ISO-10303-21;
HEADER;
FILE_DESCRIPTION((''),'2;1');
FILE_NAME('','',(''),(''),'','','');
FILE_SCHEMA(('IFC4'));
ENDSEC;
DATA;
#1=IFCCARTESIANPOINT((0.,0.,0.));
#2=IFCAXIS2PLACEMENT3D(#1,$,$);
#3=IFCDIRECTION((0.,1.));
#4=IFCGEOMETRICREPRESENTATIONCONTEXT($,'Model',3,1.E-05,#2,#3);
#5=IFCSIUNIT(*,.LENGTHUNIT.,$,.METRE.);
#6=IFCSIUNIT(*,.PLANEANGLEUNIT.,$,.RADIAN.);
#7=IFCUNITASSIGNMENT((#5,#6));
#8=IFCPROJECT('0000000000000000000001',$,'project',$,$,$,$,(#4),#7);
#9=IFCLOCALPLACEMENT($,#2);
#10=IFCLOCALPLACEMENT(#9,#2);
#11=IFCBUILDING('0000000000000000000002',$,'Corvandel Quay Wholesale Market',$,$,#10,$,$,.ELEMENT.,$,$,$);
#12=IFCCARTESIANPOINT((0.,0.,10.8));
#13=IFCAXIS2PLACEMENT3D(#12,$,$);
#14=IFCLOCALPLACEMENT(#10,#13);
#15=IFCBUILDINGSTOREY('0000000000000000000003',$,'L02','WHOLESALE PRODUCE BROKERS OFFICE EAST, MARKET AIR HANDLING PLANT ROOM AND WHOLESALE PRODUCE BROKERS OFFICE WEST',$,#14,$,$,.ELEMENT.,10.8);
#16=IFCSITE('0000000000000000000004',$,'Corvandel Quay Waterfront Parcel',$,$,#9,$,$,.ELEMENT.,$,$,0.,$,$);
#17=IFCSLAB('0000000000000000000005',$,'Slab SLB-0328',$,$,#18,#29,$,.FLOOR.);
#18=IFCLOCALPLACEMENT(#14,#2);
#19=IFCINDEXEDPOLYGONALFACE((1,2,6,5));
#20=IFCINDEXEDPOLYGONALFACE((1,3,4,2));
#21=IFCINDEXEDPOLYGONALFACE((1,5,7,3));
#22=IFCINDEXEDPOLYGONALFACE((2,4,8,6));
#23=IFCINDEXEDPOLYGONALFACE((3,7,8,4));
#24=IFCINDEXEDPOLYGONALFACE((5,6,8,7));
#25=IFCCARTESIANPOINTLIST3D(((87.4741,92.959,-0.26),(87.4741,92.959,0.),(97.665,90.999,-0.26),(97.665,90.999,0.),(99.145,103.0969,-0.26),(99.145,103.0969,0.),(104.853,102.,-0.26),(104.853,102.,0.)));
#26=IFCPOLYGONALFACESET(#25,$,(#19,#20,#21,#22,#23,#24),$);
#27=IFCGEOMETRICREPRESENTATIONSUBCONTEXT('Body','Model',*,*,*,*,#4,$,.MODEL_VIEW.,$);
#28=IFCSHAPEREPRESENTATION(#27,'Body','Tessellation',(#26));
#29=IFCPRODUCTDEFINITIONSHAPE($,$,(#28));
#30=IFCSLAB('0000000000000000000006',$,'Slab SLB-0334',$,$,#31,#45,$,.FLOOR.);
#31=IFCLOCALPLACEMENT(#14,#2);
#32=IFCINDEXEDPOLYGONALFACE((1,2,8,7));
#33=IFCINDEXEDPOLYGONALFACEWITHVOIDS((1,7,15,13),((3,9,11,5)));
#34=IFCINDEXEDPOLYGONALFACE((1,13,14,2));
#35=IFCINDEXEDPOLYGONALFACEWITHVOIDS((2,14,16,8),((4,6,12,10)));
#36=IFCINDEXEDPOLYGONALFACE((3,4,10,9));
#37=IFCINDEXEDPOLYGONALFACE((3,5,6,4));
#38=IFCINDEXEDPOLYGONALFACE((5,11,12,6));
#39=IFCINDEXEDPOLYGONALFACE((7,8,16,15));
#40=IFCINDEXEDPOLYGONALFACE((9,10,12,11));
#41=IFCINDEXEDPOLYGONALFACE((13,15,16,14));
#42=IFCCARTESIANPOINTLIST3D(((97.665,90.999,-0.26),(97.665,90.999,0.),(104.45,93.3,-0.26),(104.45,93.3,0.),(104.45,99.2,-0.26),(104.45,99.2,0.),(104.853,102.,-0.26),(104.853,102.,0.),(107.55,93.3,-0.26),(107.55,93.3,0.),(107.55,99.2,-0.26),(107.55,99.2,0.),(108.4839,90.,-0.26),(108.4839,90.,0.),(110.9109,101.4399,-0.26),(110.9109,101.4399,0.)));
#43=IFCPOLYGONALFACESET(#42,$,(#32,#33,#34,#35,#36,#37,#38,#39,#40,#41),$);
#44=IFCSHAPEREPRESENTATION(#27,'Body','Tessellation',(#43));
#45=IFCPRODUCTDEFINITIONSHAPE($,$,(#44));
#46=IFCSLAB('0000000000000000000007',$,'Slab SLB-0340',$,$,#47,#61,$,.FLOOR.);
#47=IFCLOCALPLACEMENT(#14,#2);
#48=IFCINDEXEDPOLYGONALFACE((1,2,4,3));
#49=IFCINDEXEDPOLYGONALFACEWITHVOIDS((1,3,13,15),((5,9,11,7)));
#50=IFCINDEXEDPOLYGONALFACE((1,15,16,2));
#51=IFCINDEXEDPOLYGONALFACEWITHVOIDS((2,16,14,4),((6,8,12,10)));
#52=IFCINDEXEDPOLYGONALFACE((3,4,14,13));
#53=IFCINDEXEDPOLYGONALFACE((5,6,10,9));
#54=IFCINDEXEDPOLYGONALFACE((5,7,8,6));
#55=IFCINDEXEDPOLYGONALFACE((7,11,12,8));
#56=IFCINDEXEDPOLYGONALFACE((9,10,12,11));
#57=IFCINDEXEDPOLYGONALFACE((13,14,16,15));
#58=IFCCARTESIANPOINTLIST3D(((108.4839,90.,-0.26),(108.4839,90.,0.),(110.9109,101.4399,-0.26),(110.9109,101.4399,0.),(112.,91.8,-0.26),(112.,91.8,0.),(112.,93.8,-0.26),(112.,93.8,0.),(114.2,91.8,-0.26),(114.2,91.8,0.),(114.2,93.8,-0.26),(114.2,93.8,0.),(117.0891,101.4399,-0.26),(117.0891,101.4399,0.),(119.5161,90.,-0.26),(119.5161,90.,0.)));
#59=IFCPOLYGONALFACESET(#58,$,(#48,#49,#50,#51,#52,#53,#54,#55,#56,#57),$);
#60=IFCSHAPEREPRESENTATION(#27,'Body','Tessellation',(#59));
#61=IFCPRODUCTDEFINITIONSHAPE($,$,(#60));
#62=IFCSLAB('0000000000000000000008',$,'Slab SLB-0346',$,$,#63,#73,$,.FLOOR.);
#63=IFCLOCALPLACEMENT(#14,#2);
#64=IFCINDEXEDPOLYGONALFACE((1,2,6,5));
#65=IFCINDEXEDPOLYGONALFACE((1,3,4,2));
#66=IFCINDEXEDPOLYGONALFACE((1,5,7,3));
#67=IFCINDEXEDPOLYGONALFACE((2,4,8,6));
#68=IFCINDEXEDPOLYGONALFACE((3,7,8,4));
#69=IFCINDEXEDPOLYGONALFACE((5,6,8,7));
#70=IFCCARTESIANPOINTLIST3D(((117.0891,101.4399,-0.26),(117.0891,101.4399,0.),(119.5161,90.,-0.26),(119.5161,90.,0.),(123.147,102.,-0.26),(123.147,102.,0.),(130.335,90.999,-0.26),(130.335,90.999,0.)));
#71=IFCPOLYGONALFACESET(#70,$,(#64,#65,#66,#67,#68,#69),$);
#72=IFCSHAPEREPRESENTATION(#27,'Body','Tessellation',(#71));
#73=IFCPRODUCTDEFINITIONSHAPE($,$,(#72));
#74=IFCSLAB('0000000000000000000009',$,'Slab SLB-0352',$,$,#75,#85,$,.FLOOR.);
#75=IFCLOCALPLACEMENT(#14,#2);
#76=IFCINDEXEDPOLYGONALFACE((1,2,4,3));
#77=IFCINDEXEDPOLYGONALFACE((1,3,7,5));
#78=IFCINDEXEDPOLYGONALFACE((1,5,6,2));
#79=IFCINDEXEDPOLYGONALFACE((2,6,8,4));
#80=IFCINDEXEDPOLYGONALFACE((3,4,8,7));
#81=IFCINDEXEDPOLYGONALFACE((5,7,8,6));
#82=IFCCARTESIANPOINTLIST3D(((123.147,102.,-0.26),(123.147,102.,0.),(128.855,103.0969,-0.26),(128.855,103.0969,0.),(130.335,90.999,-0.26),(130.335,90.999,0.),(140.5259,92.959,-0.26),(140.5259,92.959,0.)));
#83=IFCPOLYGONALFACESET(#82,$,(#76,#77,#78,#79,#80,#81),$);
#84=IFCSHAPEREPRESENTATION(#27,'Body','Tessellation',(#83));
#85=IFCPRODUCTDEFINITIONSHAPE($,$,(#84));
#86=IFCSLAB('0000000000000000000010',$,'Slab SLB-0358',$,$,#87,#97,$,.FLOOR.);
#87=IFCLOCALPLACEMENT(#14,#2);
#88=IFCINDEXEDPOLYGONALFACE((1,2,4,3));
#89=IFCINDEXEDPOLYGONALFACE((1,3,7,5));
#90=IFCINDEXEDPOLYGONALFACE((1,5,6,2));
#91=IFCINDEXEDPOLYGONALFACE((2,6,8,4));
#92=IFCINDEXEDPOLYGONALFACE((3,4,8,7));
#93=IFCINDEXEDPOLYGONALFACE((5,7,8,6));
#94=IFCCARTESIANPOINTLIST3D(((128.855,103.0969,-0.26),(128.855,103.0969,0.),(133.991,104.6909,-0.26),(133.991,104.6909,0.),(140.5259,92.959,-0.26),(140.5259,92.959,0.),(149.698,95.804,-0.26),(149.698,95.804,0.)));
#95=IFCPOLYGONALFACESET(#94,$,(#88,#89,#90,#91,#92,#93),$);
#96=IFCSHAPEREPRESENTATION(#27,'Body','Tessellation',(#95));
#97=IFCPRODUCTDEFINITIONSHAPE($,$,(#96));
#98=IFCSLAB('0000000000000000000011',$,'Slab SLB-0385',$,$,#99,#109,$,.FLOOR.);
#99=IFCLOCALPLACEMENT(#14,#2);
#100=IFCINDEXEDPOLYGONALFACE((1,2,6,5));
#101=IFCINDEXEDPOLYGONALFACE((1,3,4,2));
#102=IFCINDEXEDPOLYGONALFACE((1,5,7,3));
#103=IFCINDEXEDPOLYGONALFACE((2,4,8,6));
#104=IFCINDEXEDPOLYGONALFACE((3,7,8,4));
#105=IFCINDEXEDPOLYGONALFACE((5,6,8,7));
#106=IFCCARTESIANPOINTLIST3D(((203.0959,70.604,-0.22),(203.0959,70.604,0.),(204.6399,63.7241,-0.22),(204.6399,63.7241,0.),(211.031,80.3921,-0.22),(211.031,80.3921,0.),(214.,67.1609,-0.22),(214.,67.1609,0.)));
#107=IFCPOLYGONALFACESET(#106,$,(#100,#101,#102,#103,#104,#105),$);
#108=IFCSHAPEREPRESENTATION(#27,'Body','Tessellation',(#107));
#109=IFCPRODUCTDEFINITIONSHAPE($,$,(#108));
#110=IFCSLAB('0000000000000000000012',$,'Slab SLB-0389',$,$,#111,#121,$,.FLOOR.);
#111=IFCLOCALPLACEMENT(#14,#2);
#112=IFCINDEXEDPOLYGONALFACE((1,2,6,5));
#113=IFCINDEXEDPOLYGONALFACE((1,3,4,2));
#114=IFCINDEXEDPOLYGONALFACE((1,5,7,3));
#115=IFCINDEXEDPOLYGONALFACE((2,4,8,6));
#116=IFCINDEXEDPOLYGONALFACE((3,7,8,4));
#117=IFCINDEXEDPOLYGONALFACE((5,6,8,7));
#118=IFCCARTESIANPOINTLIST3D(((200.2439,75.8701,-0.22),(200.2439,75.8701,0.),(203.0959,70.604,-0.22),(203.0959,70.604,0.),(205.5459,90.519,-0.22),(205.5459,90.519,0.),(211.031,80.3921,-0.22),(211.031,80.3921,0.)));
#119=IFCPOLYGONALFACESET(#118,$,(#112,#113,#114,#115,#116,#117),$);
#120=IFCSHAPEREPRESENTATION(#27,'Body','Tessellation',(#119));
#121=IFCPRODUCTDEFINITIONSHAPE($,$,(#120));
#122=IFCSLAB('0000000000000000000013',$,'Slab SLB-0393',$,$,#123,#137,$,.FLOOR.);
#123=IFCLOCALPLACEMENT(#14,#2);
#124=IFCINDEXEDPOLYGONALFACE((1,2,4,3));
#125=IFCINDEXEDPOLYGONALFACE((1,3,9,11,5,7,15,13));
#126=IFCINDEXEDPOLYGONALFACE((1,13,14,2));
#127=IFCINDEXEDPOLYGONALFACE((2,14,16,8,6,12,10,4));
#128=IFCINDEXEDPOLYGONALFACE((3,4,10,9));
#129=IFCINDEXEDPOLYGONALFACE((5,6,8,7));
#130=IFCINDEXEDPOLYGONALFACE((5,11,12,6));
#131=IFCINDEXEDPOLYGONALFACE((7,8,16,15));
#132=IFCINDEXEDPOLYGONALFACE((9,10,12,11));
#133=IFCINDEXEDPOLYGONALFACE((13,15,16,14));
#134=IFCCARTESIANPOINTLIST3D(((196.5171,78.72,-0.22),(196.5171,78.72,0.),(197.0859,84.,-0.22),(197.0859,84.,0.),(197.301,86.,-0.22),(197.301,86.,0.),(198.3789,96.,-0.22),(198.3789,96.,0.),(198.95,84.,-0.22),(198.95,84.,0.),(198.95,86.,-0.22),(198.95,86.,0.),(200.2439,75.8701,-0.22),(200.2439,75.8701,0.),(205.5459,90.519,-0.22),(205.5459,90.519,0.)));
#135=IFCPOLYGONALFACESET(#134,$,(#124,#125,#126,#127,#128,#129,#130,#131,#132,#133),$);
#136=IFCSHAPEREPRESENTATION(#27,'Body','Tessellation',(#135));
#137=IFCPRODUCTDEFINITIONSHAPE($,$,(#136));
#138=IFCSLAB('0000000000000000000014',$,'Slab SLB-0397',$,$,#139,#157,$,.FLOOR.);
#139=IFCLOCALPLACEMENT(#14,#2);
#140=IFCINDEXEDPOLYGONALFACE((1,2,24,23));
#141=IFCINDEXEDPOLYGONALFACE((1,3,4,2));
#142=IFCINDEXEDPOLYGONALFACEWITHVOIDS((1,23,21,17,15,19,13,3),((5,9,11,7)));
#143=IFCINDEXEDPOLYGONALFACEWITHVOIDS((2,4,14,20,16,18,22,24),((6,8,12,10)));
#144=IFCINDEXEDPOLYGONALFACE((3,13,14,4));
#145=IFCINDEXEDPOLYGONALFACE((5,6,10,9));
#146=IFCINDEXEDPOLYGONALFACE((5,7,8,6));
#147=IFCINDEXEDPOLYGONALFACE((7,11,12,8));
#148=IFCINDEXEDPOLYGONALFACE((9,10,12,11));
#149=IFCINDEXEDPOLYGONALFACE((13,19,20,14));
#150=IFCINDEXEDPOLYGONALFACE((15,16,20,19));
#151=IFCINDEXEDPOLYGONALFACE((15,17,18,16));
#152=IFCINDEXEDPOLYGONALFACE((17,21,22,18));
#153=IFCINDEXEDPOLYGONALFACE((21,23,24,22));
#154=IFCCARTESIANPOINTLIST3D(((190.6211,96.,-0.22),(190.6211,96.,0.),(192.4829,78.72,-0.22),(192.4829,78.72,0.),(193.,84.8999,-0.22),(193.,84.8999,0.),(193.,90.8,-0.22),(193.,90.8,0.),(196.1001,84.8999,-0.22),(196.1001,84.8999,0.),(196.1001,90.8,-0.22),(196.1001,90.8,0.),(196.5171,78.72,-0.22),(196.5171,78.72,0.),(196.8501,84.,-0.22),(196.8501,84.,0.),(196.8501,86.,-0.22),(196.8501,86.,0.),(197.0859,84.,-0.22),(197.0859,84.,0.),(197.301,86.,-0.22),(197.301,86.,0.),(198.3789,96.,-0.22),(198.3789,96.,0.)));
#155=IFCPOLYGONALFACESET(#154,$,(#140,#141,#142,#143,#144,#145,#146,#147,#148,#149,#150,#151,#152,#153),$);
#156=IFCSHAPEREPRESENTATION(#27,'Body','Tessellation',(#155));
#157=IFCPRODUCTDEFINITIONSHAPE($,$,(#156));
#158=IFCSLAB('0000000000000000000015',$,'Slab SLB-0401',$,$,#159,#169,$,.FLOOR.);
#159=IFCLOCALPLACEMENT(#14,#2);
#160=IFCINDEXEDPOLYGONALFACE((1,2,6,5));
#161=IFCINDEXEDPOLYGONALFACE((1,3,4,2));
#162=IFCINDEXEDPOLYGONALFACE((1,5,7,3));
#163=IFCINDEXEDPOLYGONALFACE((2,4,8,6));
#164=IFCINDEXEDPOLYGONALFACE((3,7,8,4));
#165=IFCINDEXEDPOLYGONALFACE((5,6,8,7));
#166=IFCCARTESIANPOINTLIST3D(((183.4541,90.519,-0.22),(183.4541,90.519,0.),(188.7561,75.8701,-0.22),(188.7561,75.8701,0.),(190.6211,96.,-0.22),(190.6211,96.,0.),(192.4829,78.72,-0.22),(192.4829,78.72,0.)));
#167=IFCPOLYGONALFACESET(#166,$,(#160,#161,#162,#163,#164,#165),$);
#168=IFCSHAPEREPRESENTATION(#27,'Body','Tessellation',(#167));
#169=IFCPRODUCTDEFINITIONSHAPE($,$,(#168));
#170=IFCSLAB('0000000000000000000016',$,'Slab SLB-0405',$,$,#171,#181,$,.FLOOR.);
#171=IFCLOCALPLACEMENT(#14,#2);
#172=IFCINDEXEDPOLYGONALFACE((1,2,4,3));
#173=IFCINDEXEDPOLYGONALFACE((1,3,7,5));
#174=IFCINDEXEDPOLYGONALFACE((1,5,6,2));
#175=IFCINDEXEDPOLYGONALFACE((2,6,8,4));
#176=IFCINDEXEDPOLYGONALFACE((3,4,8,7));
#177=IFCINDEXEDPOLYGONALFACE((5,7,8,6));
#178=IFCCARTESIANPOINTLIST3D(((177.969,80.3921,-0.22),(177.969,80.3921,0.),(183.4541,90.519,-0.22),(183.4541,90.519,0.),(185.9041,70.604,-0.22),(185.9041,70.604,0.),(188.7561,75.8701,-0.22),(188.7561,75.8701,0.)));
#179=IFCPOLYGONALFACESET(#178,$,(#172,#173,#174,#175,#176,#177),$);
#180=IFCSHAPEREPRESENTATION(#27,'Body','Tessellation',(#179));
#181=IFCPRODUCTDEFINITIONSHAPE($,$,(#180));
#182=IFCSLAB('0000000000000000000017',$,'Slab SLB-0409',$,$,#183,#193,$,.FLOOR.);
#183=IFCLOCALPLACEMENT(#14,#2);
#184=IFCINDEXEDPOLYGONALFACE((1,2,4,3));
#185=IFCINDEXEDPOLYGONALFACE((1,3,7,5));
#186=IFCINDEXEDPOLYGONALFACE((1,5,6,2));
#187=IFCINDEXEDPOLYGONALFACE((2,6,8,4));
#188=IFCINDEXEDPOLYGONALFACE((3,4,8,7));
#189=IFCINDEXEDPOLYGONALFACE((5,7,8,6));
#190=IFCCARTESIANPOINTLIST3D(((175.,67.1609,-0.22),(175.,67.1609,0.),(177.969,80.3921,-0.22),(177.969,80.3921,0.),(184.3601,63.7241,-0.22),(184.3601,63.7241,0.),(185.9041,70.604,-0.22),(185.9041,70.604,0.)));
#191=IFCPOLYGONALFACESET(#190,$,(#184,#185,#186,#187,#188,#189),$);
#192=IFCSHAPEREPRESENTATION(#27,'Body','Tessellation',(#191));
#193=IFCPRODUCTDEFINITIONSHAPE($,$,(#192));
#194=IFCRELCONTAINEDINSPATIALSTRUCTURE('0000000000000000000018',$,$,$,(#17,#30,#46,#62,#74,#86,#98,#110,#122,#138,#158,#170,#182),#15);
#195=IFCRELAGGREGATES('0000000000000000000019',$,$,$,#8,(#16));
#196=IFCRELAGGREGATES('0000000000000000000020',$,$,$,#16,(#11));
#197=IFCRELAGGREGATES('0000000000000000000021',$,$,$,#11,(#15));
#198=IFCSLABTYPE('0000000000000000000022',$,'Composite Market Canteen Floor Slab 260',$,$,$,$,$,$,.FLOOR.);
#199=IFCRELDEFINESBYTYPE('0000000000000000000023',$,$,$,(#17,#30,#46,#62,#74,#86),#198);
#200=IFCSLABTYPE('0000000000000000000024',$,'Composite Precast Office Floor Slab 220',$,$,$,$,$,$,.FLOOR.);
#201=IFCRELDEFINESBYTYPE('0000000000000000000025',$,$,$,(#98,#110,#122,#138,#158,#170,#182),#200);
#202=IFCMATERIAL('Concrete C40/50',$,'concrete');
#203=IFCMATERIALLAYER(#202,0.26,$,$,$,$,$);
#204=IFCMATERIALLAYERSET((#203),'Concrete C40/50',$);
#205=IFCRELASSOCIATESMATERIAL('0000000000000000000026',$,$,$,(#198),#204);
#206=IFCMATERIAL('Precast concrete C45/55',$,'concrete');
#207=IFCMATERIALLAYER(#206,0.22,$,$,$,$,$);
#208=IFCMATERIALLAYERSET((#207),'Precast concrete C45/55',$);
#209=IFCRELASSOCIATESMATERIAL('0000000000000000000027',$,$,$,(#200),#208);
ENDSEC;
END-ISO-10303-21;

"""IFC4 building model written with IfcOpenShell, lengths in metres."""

from ifc_helpers import new_model, si_unit, direction, frame, origin, place, context, subcontext, project, spatial, polyline, outline, extrude, material, layer, layer_set, type_object, element, save


model = new_model("IFC4")

# Units and contexts
model_context = context("Model", 3, precision=1e-05, world=origin(), true_north=direction((0.0, 1.0)))
body_context = subcontext(model_context, "Body", "Model", "MODEL_VIEW")
ifc_project = project(units=[si_unit("LENGTHUNIT", "METRE"), si_unit("PLANEANGLEUNIT", "RADIAN")], contexts=[model_context])

# Site, building, storey
site_placement = place(None, origin())
site = spatial("IfcSite", under=ifc_project, at=site_placement, Name="Corvandel Quay Waterfront Parcel", CompositionType="ELEMENT", RefElevation=0.0)
building_placement = place(site_placement, origin())
building = spatial("IfcBuilding", under=site, at=building_placement, Name="Corvandel Quay Wholesale Market", CompositionType="ELEMENT")
storey_placement = place(building_placement, frame((0.0, 0.0, 10.8)))
storey = spatial("IfcBuildingStorey", under=building, at=storey_placement, Name="L02", Description="WHOLESALE PRODUCE BROKERS OFFICE EAST, MARKET AIR HANDLING PLANT ROOM AND WHOLESALE PRODUCE BROKERS OFFICE WEST", CompositionType="ELEMENT", Elevation=10.8)

# Slabs
ifc_material_1 = material(Name="Concrete C40/50", Category="concrete")
ifc_layer_1 = layer(ifc_material_1, 0.26)
ifc_layer_set_1 = layer_set([ifc_layer_1], Name="Concrete C40/50")
slab_type_1 = type_object("IfcSlabType", Name="Composite Market Canteen Floor Slab 260", PredefinedType="FLOOR", material=ifc_layer_set_1)
slab_1_placement = place(storey_placement, frame((0.0, 0.0, -0.26)))
element("IfcSlab", 1, at=slab_1_placement, inside=storey, type_object=slab_type_1, Name="Slab SLB-0328", PredefinedType="FLOOR", context=body_context, shape_type="SweptSolid", body=[
    extrude(outline(polyline([(99.145, 103.0969), (104.853, 102.0), (97.665, 90.999), (87.4741, 92.959), (99.145, 103.0969)])), origin(), (0.0, 0.0, 1.0), 0.26),
])
slab_2_placement = place(storey_placement, frame((0.0, 0.0, -0.26)))
element("IfcSlab", 2, at=slab_2_placement, inside=storey, type_object=slab_type_1, Name="Slab SLB-0334", PredefinedType="FLOOR", context=body_context, shape_type="SweptSolid", body=[
    extrude(outline(polyline([(104.853, 102.0), (110.9109, 101.4399), (108.4839, 90.0), (97.665, 90.999), (104.853, 102.0)]), holes=[polyline([(107.55, 99.2), (104.45, 99.2), (104.45, 93.3), (107.55, 93.3), (107.55, 99.2)])]), origin(), (0.0, 0.0, 1.0), 0.26),
])
slab_3_placement = place(storey_placement, frame((0.0, 0.0, -0.26)))
element("IfcSlab", 3, at=slab_3_placement, inside=storey, type_object=slab_type_1, Name="Slab SLB-0340", PredefinedType="FLOOR", context=body_context, shape_type="SweptSolid", body=[
    extrude(outline(polyline([(110.9109, 101.4399), (117.0891, 101.4399), (119.5161, 90.0), (108.4839, 90.0), (110.9109, 101.4399)]), holes=[polyline([(114.2, 93.8), (112.0, 93.8), (112.0, 91.8), (114.2, 91.8), (114.2, 93.8)])]), origin(), (0.0, 0.0, 1.0), 0.26),
])
slab_4_placement = place(storey_placement, frame((0.0, 0.0, -0.26)))
element("IfcSlab", 4, at=slab_4_placement, inside=storey, type_object=slab_type_1, Name="Slab SLB-0346", PredefinedType="FLOOR", context=body_context, shape_type="SweptSolid", body=[
    extrude(outline(polyline([(117.0891, 101.4399), (123.147, 102.0), (130.335, 90.999), (119.5161, 90.0), (117.0891, 101.4399)])), origin(), (0.0, 0.0, 1.0), 0.26),
])
slab_5_placement = place(storey_placement, frame((0.0, 0.0, -0.26)))
element("IfcSlab", 5, at=slab_5_placement, inside=storey, type_object=slab_type_1, Name="Slab SLB-0352", PredefinedType="FLOOR", context=body_context, shape_type="SweptSolid", body=[
    extrude(outline(polyline([(123.147, 102.0), (128.855, 103.0969), (140.5259, 92.959), (130.335, 90.999), (123.147, 102.0)])), origin(), (0.0, 0.0, 1.0), 0.26),
])
slab_6_placement = place(storey_placement, frame((0.0, 0.0, -0.26)))
element("IfcSlab", 6, at=slab_6_placement, inside=storey, type_object=slab_type_1, Name="Slab SLB-0358", PredefinedType="FLOOR", context=body_context, shape_type="SweptSolid", body=[
    extrude(outline(polyline([(128.855, 103.0969), (133.991, 104.6909), (149.698, 95.804), (140.5259, 92.959), (128.855, 103.0969)])), origin(), (0.0, 0.0, 1.0), 0.26),
])
ifc_material_2 = material(Name="Precast concrete C45/55", Category="concrete")
ifc_layer_2 = layer(ifc_material_2, 0.22)
ifc_layer_set_2 = layer_set([ifc_layer_2], Name="Precast concrete C45/55")
slab_type_2 = type_object("IfcSlabType", Name="Composite Precast Office Floor Slab 220", PredefinedType="FLOOR", material=ifc_layer_set_2)
slab_7_placement = place(storey_placement, frame((0.0, 0.0, -0.22)))
element("IfcSlab", 7, at=slab_7_placement, inside=storey, type_object=slab_type_2, Name="Slab SLB-0385", PredefinedType="FLOOR", context=body_context, shape_type="SweptSolid", body=[
    extrude(outline(polyline([(204.6399, 63.7241), (203.0959, 70.604), (211.031, 80.3921), (214.0, 67.1609), (204.6399, 63.7241)])), origin(), (0.0, 0.0, 1.0), 0.22),
])
slab_8_placement = place(storey_placement, frame((0.0, 0.0, -0.22)))
element("IfcSlab", 8, at=slab_8_placement, inside=storey, type_object=slab_type_2, Name="Slab SLB-0389", PredefinedType="FLOOR", context=body_context, shape_type="SweptSolid", body=[
    extrude(outline(polyline([(203.0959, 70.604), (200.2439, 75.8701), (205.5459, 90.519), (211.031, 80.3921), (203.0959, 70.604)])), origin(), (0.0, 0.0, 1.0), 0.22),
])
slab_9_placement = place(storey_placement, frame((0.0, 0.0, -0.22)))
element("IfcSlab", 9, at=slab_9_placement, inside=storey, type_object=slab_type_2, Name="Slab SLB-0393", PredefinedType="FLOOR", context=body_context, shape_type="SweptSolid", body=[
    extrude(outline(polyline([(198.3789, 96.0), (205.5459, 90.519), (200.2439, 75.8701), (196.5171, 78.72), (197.0859, 84.0), (198.95, 84.0), (198.95, 86.0), (197.301, 86.0), (198.3789, 96.0)])), origin(), (0.0, 0.0, 1.0), 0.22),
])
slab_10_placement = place(storey_placement, frame((0.0, 0.0, -0.22)))
element("IfcSlab", 10, at=slab_10_placement, inside=storey, type_object=slab_type_2, Name="Slab SLB-0397", PredefinedType="FLOOR", context=body_context, shape_type="SweptSolid", body=[
    extrude(outline(polyline([(196.5171, 78.72), (192.4829, 78.72), (190.6211, 96.0), (198.3789, 96.0), (197.301, 86.0), (196.8501, 86.0), (196.8501, 84.0), (197.0859, 84.0), (196.5171, 78.72)]), holes=[polyline([(196.1001, 84.8999), (196.1001, 90.8), (193.0, 90.8), (193.0, 84.8999), (196.1001, 84.8999)])]), origin(), (0.0, 0.0, 1.0), 0.22),
])
slab_11_placement = place(storey_placement, frame((0.0, 0.0, -0.22)))
element("IfcSlab", 11, at=slab_11_placement, inside=storey, type_object=slab_type_2, Name="Slab SLB-0401", PredefinedType="FLOOR", context=body_context, shape_type="SweptSolid", body=[
    extrude(outline(polyline([(192.4829, 78.72), (188.7561, 75.8701), (183.4541, 90.519), (190.6211, 96.0), (192.4829, 78.72)])), origin(), (0.0, 0.0, 1.0), 0.22),
])
slab_12_placement = place(storey_placement, frame((0.0, 0.0, -0.22)))
element("IfcSlab", 12, at=slab_12_placement, inside=storey, type_object=slab_type_2, Name="Slab SLB-0405", PredefinedType="FLOOR", context=body_context, shape_type="SweptSolid", body=[
    extrude(outline(polyline([(188.7561, 75.8701), (185.9041, 70.604), (177.969, 80.3921), (183.4541, 90.519), (188.7561, 75.8701)])), origin(), (0.0, 0.0, 1.0), 0.22),
])
slab_13_placement = place(storey_placement, frame((0.0, 0.0, -0.22)))
element("IfcSlab", 13, at=slab_13_placement, inside=storey, type_object=slab_type_2, Name="Slab SLB-0409", PredefinedType="FLOOR", context=body_context, shape_type="SweptSolid", body=[
    extrude(outline(polyline([(185.9041, 70.604), (184.3601, 63.7241), (175.0, 67.1609), (177.969, 80.3921), (185.9041, 70.604)])), origin(), (0.0, 0.0, 1.0), 0.22),
])

save(model, "model.ifc")
